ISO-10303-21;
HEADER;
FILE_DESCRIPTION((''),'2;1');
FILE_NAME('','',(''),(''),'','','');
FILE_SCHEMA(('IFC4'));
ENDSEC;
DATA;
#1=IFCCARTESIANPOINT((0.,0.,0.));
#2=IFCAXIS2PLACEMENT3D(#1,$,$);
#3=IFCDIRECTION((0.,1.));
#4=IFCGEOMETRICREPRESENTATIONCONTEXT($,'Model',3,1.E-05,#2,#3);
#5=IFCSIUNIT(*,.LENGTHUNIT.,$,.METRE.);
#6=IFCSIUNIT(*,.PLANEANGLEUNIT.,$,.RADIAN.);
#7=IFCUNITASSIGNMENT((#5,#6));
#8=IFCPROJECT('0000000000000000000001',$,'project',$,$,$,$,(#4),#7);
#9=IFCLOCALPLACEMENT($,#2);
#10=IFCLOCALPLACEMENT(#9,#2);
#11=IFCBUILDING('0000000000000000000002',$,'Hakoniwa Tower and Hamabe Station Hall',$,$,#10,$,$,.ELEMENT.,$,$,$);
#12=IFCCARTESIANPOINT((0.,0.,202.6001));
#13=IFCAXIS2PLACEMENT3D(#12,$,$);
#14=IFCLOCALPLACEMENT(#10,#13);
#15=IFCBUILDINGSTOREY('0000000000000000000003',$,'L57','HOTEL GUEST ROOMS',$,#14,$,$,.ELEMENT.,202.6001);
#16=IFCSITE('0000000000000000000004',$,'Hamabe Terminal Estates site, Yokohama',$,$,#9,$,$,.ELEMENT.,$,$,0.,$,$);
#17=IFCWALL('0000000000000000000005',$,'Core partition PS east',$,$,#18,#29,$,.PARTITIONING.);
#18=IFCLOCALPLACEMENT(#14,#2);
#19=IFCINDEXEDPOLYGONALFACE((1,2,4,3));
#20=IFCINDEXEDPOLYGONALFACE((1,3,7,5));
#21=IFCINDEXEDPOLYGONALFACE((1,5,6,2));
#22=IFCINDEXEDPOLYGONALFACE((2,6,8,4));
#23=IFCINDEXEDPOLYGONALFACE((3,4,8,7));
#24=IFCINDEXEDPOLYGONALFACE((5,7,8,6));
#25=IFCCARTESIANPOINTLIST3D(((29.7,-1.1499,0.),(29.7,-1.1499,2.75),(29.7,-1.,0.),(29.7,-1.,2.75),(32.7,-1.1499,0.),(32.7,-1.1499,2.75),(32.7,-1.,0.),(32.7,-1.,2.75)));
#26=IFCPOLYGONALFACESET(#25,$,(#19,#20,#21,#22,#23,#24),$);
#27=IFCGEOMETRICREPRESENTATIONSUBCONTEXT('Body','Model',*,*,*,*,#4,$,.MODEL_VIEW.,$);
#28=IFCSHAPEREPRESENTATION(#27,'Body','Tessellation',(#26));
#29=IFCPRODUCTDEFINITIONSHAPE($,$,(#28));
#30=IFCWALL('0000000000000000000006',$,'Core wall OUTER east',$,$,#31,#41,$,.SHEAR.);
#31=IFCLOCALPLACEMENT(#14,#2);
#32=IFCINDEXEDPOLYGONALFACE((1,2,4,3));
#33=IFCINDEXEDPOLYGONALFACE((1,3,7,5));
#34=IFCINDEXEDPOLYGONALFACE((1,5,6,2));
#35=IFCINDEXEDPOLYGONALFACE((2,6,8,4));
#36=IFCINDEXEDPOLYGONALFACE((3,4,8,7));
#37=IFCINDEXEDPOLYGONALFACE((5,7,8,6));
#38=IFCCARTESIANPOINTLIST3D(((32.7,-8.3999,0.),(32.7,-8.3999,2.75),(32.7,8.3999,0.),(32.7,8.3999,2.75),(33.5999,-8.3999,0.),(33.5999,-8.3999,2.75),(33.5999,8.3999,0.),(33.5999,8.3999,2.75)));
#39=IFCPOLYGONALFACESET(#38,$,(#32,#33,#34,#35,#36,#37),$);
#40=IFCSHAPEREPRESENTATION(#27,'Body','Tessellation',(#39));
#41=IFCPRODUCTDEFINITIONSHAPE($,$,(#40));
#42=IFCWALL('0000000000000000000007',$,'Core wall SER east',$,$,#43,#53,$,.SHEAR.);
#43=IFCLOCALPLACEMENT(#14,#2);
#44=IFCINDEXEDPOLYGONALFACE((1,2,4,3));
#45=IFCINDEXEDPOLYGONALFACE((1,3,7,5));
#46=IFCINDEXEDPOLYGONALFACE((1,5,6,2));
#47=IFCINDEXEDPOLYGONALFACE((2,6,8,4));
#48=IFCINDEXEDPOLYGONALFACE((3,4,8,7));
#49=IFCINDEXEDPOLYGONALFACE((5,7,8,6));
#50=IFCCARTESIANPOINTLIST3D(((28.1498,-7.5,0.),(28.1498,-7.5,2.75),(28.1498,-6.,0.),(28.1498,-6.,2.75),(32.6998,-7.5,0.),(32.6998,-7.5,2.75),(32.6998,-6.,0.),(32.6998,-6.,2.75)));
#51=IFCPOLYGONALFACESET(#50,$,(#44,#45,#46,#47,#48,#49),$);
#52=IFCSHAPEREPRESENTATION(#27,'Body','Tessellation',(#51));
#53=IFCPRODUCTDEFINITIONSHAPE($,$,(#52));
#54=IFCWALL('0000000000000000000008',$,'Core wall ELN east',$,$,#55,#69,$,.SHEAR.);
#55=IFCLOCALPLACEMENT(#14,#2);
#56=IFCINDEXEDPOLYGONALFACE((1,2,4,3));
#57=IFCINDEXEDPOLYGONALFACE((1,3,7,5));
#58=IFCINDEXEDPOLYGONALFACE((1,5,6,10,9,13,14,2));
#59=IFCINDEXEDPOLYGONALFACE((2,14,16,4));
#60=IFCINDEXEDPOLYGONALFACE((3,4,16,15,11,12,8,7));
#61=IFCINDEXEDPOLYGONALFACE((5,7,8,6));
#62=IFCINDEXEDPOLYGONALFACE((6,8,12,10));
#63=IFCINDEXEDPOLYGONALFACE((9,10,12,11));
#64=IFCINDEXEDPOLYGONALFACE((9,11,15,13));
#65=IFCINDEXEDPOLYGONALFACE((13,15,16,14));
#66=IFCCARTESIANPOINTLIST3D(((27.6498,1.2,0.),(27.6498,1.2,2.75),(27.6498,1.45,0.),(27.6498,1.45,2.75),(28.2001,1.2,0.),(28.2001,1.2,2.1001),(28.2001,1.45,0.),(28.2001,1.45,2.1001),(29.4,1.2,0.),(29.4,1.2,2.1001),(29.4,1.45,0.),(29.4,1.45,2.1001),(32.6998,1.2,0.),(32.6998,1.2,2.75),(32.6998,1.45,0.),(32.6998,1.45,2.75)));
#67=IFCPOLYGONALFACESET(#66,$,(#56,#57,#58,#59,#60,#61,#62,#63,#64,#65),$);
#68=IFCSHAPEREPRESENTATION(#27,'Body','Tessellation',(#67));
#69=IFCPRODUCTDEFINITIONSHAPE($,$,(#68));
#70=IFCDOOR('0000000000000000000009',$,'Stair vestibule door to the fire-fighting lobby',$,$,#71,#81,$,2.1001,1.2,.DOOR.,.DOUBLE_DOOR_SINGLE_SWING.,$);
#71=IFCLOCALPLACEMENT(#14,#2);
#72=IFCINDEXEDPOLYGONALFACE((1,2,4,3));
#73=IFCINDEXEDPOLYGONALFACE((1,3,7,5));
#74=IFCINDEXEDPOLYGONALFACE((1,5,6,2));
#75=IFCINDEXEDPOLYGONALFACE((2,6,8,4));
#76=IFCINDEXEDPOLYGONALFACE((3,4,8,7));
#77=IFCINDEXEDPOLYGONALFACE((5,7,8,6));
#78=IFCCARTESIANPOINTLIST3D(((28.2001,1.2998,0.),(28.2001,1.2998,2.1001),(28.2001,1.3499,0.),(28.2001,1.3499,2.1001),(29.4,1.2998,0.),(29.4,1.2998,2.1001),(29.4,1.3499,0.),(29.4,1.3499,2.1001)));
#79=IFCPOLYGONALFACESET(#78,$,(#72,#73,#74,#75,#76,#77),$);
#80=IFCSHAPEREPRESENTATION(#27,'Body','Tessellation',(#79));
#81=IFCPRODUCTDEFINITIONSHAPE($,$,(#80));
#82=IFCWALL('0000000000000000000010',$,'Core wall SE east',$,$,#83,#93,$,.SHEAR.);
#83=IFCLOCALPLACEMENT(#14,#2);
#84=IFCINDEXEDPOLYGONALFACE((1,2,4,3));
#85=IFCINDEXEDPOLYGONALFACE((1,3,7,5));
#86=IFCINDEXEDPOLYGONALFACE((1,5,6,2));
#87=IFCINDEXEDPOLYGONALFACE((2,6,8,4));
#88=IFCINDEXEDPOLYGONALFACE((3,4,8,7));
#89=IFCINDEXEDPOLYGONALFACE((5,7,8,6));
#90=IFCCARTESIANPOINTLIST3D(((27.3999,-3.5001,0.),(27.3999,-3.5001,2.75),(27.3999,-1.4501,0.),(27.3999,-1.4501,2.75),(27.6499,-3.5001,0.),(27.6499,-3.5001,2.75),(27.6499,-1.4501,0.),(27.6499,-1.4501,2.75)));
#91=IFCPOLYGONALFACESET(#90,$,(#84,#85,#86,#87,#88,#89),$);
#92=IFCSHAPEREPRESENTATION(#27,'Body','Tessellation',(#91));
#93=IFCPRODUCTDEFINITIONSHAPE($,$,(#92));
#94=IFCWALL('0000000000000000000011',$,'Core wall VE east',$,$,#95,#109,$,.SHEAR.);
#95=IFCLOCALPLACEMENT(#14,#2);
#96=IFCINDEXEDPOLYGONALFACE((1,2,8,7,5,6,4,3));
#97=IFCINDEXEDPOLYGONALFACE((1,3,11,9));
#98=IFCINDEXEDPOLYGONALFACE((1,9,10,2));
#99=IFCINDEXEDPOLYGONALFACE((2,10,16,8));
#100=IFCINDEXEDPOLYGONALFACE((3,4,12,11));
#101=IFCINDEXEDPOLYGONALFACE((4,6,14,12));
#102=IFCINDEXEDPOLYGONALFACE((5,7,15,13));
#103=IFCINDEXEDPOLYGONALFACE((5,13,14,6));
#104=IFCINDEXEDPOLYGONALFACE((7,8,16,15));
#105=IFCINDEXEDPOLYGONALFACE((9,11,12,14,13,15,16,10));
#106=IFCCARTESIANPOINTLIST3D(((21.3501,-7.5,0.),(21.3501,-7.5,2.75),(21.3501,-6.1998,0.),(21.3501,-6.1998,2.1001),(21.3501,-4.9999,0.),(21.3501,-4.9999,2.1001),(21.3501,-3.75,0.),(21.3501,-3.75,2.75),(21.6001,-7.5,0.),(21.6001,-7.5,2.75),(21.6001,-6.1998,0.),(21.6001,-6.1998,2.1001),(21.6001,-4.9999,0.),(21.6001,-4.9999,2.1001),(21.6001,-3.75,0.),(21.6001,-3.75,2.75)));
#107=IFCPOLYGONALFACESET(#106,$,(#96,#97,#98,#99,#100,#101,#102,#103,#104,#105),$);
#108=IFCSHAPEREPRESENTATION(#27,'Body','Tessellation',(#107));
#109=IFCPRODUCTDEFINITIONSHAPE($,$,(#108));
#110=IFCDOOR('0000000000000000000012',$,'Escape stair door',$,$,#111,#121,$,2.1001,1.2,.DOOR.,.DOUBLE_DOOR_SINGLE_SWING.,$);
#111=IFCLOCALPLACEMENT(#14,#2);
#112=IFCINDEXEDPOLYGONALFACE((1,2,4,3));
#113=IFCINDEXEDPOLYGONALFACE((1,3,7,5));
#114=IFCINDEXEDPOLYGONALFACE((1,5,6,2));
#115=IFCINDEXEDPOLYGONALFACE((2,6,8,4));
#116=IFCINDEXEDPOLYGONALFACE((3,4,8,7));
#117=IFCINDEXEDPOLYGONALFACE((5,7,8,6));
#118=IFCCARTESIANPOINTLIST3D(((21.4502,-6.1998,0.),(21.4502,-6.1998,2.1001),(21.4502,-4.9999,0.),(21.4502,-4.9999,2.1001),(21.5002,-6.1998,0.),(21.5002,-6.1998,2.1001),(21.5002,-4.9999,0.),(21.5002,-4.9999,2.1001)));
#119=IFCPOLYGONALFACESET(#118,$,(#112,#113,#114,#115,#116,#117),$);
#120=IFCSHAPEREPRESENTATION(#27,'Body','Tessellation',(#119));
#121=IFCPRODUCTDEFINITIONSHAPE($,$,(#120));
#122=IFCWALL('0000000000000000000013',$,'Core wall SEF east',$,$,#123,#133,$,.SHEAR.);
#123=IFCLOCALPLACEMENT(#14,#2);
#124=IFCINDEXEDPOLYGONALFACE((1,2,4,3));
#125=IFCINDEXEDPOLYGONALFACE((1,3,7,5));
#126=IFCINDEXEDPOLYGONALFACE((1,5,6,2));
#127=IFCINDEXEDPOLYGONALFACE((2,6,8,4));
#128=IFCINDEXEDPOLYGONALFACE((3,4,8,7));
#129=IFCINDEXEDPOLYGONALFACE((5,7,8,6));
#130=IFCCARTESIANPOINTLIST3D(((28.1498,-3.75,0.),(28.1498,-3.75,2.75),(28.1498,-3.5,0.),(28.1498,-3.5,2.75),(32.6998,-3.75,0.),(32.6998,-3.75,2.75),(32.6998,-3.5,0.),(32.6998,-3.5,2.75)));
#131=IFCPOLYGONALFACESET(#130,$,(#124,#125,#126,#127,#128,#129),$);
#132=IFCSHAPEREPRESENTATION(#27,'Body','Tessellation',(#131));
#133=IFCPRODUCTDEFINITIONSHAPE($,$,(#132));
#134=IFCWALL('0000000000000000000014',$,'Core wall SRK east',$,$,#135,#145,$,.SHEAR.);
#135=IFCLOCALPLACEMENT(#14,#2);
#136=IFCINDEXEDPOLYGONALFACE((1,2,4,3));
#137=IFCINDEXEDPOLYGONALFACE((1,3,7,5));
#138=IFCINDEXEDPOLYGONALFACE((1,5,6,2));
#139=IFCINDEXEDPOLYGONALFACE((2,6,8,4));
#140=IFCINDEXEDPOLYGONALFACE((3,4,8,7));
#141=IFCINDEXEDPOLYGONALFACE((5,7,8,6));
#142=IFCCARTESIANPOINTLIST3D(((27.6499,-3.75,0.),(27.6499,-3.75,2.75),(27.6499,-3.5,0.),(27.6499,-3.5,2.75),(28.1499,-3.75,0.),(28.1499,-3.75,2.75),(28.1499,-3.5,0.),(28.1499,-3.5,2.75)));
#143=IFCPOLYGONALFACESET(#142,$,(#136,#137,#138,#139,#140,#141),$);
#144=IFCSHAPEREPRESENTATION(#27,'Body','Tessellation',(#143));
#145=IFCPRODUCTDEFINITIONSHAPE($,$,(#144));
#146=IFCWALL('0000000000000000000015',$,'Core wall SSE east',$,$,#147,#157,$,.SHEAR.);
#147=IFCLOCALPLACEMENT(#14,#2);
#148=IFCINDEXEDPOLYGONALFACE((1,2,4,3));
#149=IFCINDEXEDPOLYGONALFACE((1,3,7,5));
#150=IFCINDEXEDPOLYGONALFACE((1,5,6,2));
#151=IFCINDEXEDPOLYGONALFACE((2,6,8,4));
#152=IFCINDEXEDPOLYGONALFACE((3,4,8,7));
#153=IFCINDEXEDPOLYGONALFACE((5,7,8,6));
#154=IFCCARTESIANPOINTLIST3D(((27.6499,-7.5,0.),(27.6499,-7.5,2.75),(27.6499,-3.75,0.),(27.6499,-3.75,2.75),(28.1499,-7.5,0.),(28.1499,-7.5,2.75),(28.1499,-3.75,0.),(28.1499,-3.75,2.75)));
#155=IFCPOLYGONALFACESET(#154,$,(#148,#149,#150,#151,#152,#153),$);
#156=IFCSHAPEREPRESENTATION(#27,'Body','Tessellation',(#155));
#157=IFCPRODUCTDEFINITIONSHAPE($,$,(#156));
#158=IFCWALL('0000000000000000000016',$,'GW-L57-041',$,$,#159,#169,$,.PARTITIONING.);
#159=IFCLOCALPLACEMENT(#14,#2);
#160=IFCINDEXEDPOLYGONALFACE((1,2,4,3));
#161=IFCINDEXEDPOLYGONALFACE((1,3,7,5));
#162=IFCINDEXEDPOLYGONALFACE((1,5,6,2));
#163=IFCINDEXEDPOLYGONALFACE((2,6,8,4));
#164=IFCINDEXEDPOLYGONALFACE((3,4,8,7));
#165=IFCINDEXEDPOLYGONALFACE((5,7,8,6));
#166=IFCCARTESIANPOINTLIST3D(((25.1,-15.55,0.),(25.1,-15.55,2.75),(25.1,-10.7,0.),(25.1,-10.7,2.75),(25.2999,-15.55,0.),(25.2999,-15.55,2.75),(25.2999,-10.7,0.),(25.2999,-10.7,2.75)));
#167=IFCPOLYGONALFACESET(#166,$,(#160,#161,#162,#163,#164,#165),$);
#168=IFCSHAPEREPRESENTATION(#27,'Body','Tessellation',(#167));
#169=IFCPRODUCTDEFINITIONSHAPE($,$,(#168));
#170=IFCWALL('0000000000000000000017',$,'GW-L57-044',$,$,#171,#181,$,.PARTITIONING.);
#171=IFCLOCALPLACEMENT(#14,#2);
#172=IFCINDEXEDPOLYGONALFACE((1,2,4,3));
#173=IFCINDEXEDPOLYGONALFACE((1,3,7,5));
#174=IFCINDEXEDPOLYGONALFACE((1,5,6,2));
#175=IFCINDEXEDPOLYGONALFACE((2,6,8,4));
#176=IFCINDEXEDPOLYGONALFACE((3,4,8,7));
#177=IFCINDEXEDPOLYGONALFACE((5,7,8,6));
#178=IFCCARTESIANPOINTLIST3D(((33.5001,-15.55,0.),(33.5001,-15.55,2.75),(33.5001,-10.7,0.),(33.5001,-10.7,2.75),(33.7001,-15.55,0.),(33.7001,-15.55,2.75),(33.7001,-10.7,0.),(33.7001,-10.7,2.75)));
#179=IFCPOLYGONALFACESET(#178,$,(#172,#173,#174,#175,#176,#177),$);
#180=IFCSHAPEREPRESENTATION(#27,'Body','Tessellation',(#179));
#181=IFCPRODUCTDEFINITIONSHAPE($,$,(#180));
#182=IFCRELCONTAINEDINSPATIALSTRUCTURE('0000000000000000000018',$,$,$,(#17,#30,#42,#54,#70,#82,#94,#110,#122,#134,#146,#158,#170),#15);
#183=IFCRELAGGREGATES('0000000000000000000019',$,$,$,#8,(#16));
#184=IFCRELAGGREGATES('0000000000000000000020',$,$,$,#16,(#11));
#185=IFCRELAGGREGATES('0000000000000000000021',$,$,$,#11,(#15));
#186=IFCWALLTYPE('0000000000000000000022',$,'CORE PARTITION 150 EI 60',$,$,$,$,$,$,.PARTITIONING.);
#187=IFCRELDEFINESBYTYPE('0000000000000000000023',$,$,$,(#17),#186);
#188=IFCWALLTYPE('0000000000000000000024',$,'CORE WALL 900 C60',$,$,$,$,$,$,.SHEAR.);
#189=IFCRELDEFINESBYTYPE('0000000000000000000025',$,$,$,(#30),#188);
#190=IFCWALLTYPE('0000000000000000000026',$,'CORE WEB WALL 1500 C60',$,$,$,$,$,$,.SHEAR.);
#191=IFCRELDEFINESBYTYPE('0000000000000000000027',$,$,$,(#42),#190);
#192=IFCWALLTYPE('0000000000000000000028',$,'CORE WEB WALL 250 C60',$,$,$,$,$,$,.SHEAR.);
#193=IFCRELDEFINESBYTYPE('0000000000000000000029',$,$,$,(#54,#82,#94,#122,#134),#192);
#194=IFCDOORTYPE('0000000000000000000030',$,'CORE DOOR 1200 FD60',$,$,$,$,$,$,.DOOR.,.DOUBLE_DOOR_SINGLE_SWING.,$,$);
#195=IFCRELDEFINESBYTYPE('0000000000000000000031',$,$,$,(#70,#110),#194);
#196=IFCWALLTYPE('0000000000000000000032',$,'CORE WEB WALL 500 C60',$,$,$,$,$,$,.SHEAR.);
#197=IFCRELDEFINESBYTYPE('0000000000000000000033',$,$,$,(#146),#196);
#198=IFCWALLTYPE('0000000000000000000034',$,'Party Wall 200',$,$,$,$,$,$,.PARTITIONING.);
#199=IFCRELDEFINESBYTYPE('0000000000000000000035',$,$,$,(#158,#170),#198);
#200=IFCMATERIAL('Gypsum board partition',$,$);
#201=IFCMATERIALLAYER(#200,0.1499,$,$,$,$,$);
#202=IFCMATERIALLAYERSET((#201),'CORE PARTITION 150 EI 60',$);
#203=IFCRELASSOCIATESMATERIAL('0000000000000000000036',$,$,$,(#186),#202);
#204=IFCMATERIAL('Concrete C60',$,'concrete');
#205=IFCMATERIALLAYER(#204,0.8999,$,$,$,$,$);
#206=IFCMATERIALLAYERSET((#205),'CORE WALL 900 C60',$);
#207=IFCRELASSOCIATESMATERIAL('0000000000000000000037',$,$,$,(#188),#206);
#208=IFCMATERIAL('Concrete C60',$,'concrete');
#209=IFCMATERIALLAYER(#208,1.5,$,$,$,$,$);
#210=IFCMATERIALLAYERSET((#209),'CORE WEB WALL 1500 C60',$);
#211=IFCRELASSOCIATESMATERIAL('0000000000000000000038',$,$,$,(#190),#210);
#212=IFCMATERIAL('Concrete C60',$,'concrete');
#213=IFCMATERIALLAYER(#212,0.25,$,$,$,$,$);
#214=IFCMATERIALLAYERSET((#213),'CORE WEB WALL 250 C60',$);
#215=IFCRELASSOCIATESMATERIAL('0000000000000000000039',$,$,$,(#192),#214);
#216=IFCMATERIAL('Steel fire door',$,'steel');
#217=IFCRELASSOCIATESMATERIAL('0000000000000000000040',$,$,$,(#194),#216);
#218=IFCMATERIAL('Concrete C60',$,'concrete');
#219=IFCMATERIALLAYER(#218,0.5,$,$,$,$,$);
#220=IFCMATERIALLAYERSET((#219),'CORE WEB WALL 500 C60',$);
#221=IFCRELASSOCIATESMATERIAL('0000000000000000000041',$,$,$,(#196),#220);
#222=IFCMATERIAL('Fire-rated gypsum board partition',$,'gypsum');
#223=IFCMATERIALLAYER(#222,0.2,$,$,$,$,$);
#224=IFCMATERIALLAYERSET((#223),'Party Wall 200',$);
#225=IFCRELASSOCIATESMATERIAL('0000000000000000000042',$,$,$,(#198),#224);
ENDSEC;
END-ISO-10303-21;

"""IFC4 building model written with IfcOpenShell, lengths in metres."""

from ifc_helpers import new_model, si_unit, direction, frame, frame_2d, origin, place, context, subcontext, project, spatial, rectangle, extrude, material, layer, layer_set, type_object, element, fill, save


model = new_model("IFC4")

# Units and contexts
model_context = context("Model", 3, precision=1e-05, world=origin(), true_north=direction((0.0, 1.0)))
body_context = subcontext(model_context, "Body", "Model", "MODEL_VIEW")
ifc_project = project(units=[si_unit("LENGTHUNIT", "METRE"), si_unit("PLANEANGLEUNIT", "RADIAN")], contexts=[model_context])

# Site, building, storey
site_placement = place(None, origin())
site = spatial("IfcSite", under=ifc_project, at=site_placement, Name="Hamabe Terminal Estates site, Yokohama", CompositionType="ELEMENT", RefElevation=0.0)
building_placement = place(site_placement, origin())
building = spatial("IfcBuilding", under=site, at=building_placement, Name="Hakoniwa Tower and Hamabe Station Hall", CompositionType="ELEMENT")
storey_placement = place(building_placement, frame((0.0, 0.0, 202.6001)))
storey = spatial("IfcBuildingStorey", under=building, at=storey_placement, Name="L57", Description="HOTEL GUEST ROOMS", CompositionType="ELEMENT", Elevation=202.6001)

# Shared definitions
ifc_material_1 = material(Name="Gypsum board partition")
ifc_layer_1 = layer(ifc_material_1, 0.1499)
ifc_layer_set_1 = layer_set([ifc_layer_1], Name="CORE PARTITION 150 EI 60")
wall_type_1 = type_object("IfcWallType", Name="CORE PARTITION 150 EI 60", PredefinedType="PARTITIONING", material=ifc_layer_set_1)

# Walls
wall_1_placement = place(storey_placement, frame((29.7, -1.075, 0.0), z_axis=(0.0, 0.0, 1.0), x_axis=(1.0, 0.0, 0.0)))
element("IfcWall", 1, at=wall_1_placement, inside=storey, type_object=wall_type_1, Name="Core partition PS east", PredefinedType="PARTITIONING", context=body_context, shape_type="SweptSolid", body=[
    extrude(rectangle(XDim=3.0, YDim=0.1499, at=frame_2d((1.5, 0.0))), origin(), (0.0, 0.0, 1.0), 2.75),
])
ifc_material_2 = material(Name="Concrete C60", Category="concrete")
ifc_layer_2 = layer(ifc_material_2, 0.8999)
ifc_layer_set_2 = layer_set([ifc_layer_2], Name="CORE WALL 900 C60")
wall_type_2 = type_object("IfcWallType", Name="CORE WALL 900 C60", PredefinedType="SHEAR", material=ifc_layer_set_2)
wall_2_placement = place(storey_placement, frame((33.1499, -8.3999, 0.0), z_axis=(0.0, 0.0, 1.0), x_axis=(0.0, 1.0, 0.0)))
element("IfcWall", 2, at=wall_2_placement, inside=storey, type_object=wall_type_2, Name="Core wall OUTER east", PredefinedType="SHEAR", context=body_context, shape_type="SweptSolid", body=[
    extrude(rectangle(XDim=16.7998, YDim=0.8999, at=frame_2d((8.3999, 0.0))), origin(), (0.0, 0.0, 1.0), 2.75),
])
ifc_material_3 = material(Name="Concrete C60", Category="concrete")
ifc_layer_3 = layer(ifc_material_3, 1.5)
ifc_layer_set_3 = layer_set([ifc_layer_3], Name="CORE WEB WALL 1500 C60")
wall_type_3 = type_object("IfcWallType", Name="CORE WEB WALL 1500 C60", PredefinedType="SHEAR", material=ifc_layer_set_3)
wall_3_placement = place(storey_placement, frame((28.1499, -6.75, 0.0), z_axis=(0.0, 0.0, 1.0), x_axis=(1.0, 0.0, 0.0)))
element("IfcWall", 3, at=wall_3_placement, inside=storey, type_object=wall_type_3, Name="Core wall SER east", PredefinedType="SHEAR", context=body_context, shape_type="SweptSolid", body=[
    extrude(rectangle(XDim=4.55, YDim=1.5, at=frame_2d((2.2749, 0.0))), origin(), (0.0, 0.0, 1.0), 2.75),
])

# Wall, opening, door
ifc_material_4 = material(Name="Concrete C60", Category="concrete")
ifc_layer_4 = layer(ifc_material_4, 0.25)
ifc_layer_set_4 = layer_set([ifc_layer_4], Name="CORE WEB WALL 250 C60")
wall_type_4 = type_object("IfcWallType", Name="CORE WEB WALL 250 C60", PredefinedType="SHEAR", material=ifc_layer_set_4)
wall_4_placement = place(storey_placement, frame((27.6499, 1.325, 0.0), z_axis=(0.0, 0.0, 1.0), x_axis=(1.0, 0.0, 0.0)))
wall_4 = element("IfcWall", 4, at=wall_4_placement, inside=storey, type_object=wall_type_4, Name="Core wall ELN east", PredefinedType="SHEAR", context=body_context, shape_type="SweptSolid", body=[
    extrude(rectangle(XDim=5.05, YDim=0.25, at=frame_2d((2.5249, 0.0))), origin(), (0.0, 0.0, 1.0), 2.75),
])
opening_1_placement = place(wall_4_placement, frame((0.55, 0.0, 0.0)))
opening_1 = element("IfcOpeningElement", 5, at=opening_1_placement, cuts=wall_4, PredefinedType="OPENING", context=body_context, shape_type="SweptSolid", body=[
    extrude(rectangle(XDim=1.2, YDim=2.1001, at=frame_2d((0.6001, 1.05))), frame((0.0, 0.135, 0.0), z_axis=(0.0, -1.0, 0.0), x_axis=(1.0, 0.0, 0.0)), (0.0, 0.0, 1.0), 0.27),
])
ifc_material_5 = material(Name="Steel fire door", Category="steel")
door_type_1 = type_object("IfcDoorType", Name="CORE DOOR 1200 FD60", OperationType="DOUBLE_DOOR_SINGLE_SWING", PredefinedType="DOOR", material=ifc_material_5)
door_1_placement = place(opening_1_placement, origin())
door_1 = element("IfcDoor", 6, at=door_1_placement, inside=storey, type_object=door_type_1, Name="Stair vestibule door to the fire-fighting lobby", OperationType="DOUBLE_DOOR_SINGLE_SWING", OverallHeight=2.1001, OverallWidth=1.2, PredefinedType="DOOR", context=body_context, shape_type="SweptSolid", body=[
    extrude(rectangle(XDim=1.2, YDim=2.1001, at=frame_2d((0.6001, 1.05))), frame((0.0, 0.0249, 0.0), z_axis=(0.0, -1.0, 0.0), x_axis=(1.0, 0.0, 0.0)), (0.0, 0.0, 1.0), 0.05),
])
fill(opening_1, door_1)

# Wall
wall_5_placement = place(storey_placement, frame((27.5249, -3.5, 0.0), z_axis=(0.0, 0.0, 1.0), x_axis=(0.0, 1.0, 0.0)))
element("IfcWall", 7, at=wall_5_placement, inside=storey, type_object=wall_type_4, Name="Core wall SE east", PredefinedType="SHEAR", context=body_context, shape_type="SweptSolid", body=[
    extrude(rectangle(XDim=2.05, YDim=0.25, at=frame_2d((1.0249, 0.0))), origin(), (0.0, 0.0, 1.0), 2.75),
])

# Wall, opening, door
wall_6_placement = place(storey_placement, frame((21.4751, -7.5, 0.0), z_axis=(0.0, 0.0, 1.0), x_axis=(0.0, 1.0, 0.0)))
wall_6 = element("IfcWall", 8, at=wall_6_placement, inside=storey, type_object=wall_type_4, Name="Core wall VE east", PredefinedType="SHEAR", context=body_context, shape_type="SweptSolid", body=[
    extrude(rectangle(XDim=3.75, YDim=0.25, at=frame_2d((1.875, 0.0))), origin(), (0.0, 0.0, 1.0), 2.75),
])
opening_2_placement = place(wall_6_placement, frame((1.3, 0.0, 0.0)))
opening_2 = element("IfcOpeningElement", 9, at=opening_2_placement, cuts=wall_6, PredefinedType="OPENING", context=body_context, shape_type="SweptSolid", body=[
    extrude(rectangle(XDim=1.2, YDim=2.1001, at=frame_2d((0.6001, 1.05))), frame((0.0, 0.135, 0.0), z_axis=(0.0, -1.0, 0.0), x_axis=(1.0, 0.0, 0.0)), (0.0, 0.0, 1.0), 0.27),
])
door_2_placement = place(opening_2_placement, origin())
door_2 = element("IfcDoor", 10, at=door_2_placement, inside=storey, type_object=door_type_1, Name="Escape stair door", OperationType="DOUBLE_DOOR_SINGLE_SWING", OverallHeight=2.1001, OverallWidth=1.2, PredefinedType="DOOR", context=body_context, shape_type="SweptSolid", body=[
    extrude(rectangle(XDim=1.2, YDim=2.1001, at=frame_2d((0.6001, 1.05))), frame((0.0, 0.0249, 0.0), z_axis=(0.0, -1.0, 0.0), x_axis=(1.0, 0.0, 0.0)), (0.0, 0.0, 1.0), 0.05),
])
fill(opening_2, door_2)

# Walls
wall_7_placement = place(storey_placement, frame((28.1499, -3.625, 0.0), z_axis=(0.0, 0.0, 1.0), x_axis=(1.0, 0.0, 0.0)))
element("IfcWall", 11, at=wall_7_placement, inside=storey, type_object=wall_type_4, Name="Core wall SEF east", PredefinedType="SHEAR", context=body_context, shape_type="SweptSolid", body=[
    extrude(rectangle(XDim=4.55, YDim=0.25, at=frame_2d((2.2749, 0.0))), origin(), (0.0, 0.0, 1.0), 2.75),
])
wall_8_placement = place(storey_placement, frame((27.6499, -3.625, 0.0), z_axis=(0.0, 0.0, 1.0), x_axis=(1.0, 0.0, 0.0)))
element("IfcWall", 12, at=wall_8_placement, inside=storey, type_object=wall_type_4, Name="Core wall SRK east", PredefinedType="SHEAR", context=body_context, shape_type="SweptSolid", body=[
    extrude(rectangle(XDim=0.5, YDim=0.25, at=frame_2d((0.25, 0.0))), origin(), (0.0, 0.0, 1.0), 2.75),
])
ifc_material_6 = material(Name="Concrete C60", Category="concrete")
ifc_layer_5 = layer(ifc_material_6, 0.5)
ifc_layer_set_5 = layer_set([ifc_layer_5], Name="CORE WEB WALL 500 C60")
wall_type_5 = type_object("IfcWallType", Name="CORE WEB WALL 500 C60", PredefinedType="SHEAR", material=ifc_layer_set_5)
wall_9_placement = place(storey_placement, frame((27.8999, -7.5, 0.0), z_axis=(0.0, 0.0, 1.0), x_axis=(0.0, 1.0, 0.0)))
element("IfcWall", 13, at=wall_9_placement, inside=storey, type_object=wall_type_5, Name="Core wall SSE east", PredefinedType="SHEAR", context=body_context, shape_type="SweptSolid", body=[
    extrude(rectangle(XDim=3.75, YDim=0.5, at=frame_2d((1.875, 0.0))), origin(), (0.0, 0.0, 1.0), 2.75),
])
ifc_material_7 = material(Name="Fire-rated gypsum board partition", Category="gypsum")
ifc_layer_6 = layer(ifc_material_7, 0.2)
ifc_layer_set_6 = layer_set([ifc_layer_6], Name="Party Wall 200")
wall_type_6 = type_object("IfcWallType", Name="Party Wall 200", PredefinedType="PARTITIONING", material=ifc_layer_set_6)
for number, where, z_axis, x_axis, name in (
    (14, (25.2, -15.55, 0.0), (0.0, 0.0, 1.0), (0.0, 1.0, 0.0), "GW-L57-041"),
    (15, (33.6001, -15.55, 0.0), (0.0, 0.0, 1.0), (0.0, 1.0, 0.0), "GW-L57-044"),
):
    element("IfcWall", number, at=place(storey_placement, frame(where, z_axis=z_axis, x_axis=x_axis)), inside=storey, type_object=wall_type_6, Name=name, PredefinedType="PARTITIONING", context=body_context, shape_type="SweptSolid", body=[
        extrude(rectangle(XDim=4.8501, YDim=0.2, at=frame_2d((2.425, 0.0))), origin(), (0.0, 0.0, 1.0), 2.75),
    ])

save(model, "model.ifc")
